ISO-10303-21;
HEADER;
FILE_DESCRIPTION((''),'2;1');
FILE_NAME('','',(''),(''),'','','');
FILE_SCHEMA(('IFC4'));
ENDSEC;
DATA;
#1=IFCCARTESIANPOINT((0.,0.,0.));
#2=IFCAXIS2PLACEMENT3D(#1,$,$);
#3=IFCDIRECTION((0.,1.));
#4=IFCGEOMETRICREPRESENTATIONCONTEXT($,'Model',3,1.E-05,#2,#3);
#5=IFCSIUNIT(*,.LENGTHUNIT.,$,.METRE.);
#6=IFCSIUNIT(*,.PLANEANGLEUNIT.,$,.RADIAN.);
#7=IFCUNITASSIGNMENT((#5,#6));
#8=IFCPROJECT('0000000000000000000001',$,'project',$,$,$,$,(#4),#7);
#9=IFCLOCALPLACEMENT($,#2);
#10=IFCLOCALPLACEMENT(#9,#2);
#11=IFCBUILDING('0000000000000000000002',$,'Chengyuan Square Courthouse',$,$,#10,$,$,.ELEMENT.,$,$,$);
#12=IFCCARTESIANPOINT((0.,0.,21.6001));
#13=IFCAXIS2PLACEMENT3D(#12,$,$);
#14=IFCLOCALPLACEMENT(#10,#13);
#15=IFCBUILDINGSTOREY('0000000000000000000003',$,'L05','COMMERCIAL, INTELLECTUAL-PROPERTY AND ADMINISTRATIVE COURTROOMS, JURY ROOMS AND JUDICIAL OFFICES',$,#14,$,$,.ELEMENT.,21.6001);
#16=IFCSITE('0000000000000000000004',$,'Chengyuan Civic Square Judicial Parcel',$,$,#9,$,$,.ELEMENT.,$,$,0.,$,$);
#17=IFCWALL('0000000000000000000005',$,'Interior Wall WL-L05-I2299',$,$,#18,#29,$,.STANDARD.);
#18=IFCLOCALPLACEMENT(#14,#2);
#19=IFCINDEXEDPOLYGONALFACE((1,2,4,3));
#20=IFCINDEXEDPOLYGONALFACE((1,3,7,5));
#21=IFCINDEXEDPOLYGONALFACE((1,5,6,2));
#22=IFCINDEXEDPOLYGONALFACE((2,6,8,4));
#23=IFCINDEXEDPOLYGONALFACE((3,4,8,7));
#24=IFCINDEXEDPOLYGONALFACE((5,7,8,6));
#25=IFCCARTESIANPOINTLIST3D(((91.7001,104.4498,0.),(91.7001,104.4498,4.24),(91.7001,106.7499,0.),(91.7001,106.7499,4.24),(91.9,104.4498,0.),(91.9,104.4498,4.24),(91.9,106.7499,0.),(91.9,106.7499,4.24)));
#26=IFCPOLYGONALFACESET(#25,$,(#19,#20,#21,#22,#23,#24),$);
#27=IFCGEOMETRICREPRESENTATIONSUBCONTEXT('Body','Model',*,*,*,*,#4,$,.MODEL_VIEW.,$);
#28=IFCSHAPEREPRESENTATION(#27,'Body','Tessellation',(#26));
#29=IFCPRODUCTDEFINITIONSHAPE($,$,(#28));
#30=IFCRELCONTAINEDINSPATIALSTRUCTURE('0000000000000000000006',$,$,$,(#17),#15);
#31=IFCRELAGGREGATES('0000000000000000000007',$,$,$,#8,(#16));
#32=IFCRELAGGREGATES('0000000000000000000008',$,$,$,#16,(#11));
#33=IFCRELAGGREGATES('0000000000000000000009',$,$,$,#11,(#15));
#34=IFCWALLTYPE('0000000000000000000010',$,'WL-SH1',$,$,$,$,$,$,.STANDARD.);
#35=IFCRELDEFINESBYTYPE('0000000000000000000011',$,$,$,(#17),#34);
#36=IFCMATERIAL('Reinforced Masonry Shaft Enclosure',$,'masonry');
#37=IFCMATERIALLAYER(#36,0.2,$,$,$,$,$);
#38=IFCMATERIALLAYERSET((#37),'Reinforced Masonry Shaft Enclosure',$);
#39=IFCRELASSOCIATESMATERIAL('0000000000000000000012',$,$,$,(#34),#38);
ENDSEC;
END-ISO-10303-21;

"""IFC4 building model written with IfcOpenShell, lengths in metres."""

from ifc_helpers import new_model, si_unit, direction, frame, frame_2d, origin, place, context, subcontext, project, spatial, rectangle, extrude, material, layer, layer_set, type_object, element, save


model = new_model("IFC4")

# Units and contexts
model_context = context("Model", 3, precision=1e-05, world=origin(), true_north=direction((0.0, 1.0)))
body_context = subcontext(model_context, "Body", "Model", "MODEL_VIEW")
ifc_project = project(units=[si_unit("LENGTHUNIT", "METRE"), si_unit("PLANEANGLEUNIT", "RADIAN")], contexts=[model_context])

# Site, building, storey
site_placement = place(None, origin())
site = spatial("IfcSite", under=ifc_project, at=site_placement, Name="Chengyuan Civic Square Judicial Parcel", CompositionType="ELEMENT", RefElevation=0.0)
building_placement = place(site_placement, origin())
building = spatial("IfcBuilding", under=site, at=building_placement, Name="Chengyuan Square Courthouse", CompositionType="ELEMENT")
storey_placement = place(building_placement, frame((0.0, 0.0, 21.6001)))
storey = spatial("IfcBuildingStorey", under=building, at=storey_placement, Name="L05", Description="COMMERCIAL, INTELLECTUAL-PROPERTY AND ADMINISTRATIVE COURTROOMS, JURY ROOMS AND JUDICIAL OFFICES", CompositionType="ELEMENT", Elevation=21.6001)

# Shared definitions
ifc_material_1 = material(Name="Reinforced Masonry Shaft Enclosure", Category="masonry")
ifc_layer_1 = layer(ifc_material_1, 0.2)
ifc_layer_set_1 = layer_set([ifc_layer_1], Name="Reinforced Masonry Shaft Enclosure")
wall_type_1 = type_object("IfcWallType", Name="WL-SH1", PredefinedType="STANDARD", material=ifc_layer_set_1)

# Wall
for number, where, z_axis, x_axis, name in (
    (1, (91.8, 104.45, 0.0), (0.0, 0.0, 1.0), (0.0, 1.0, 0.0), "Interior Wall WL-L05-I2299"),
):
    element("IfcWall", number, at=place(storey_placement, frame(where, z_axis=z_axis, x_axis=x_axis)), inside=storey, type_object=wall_type_1, Name=name, PredefinedType="STANDARD", context=body_context, shape_type="SweptSolid", body=[
        extrude(rectangle(XDim=2.3, YDim=0.2, at=frame_2d((1.1499, 0.0))), origin(), (0.0, 0.0, 1.0), 4.24),
    ])

save(model, "model.ifc")
